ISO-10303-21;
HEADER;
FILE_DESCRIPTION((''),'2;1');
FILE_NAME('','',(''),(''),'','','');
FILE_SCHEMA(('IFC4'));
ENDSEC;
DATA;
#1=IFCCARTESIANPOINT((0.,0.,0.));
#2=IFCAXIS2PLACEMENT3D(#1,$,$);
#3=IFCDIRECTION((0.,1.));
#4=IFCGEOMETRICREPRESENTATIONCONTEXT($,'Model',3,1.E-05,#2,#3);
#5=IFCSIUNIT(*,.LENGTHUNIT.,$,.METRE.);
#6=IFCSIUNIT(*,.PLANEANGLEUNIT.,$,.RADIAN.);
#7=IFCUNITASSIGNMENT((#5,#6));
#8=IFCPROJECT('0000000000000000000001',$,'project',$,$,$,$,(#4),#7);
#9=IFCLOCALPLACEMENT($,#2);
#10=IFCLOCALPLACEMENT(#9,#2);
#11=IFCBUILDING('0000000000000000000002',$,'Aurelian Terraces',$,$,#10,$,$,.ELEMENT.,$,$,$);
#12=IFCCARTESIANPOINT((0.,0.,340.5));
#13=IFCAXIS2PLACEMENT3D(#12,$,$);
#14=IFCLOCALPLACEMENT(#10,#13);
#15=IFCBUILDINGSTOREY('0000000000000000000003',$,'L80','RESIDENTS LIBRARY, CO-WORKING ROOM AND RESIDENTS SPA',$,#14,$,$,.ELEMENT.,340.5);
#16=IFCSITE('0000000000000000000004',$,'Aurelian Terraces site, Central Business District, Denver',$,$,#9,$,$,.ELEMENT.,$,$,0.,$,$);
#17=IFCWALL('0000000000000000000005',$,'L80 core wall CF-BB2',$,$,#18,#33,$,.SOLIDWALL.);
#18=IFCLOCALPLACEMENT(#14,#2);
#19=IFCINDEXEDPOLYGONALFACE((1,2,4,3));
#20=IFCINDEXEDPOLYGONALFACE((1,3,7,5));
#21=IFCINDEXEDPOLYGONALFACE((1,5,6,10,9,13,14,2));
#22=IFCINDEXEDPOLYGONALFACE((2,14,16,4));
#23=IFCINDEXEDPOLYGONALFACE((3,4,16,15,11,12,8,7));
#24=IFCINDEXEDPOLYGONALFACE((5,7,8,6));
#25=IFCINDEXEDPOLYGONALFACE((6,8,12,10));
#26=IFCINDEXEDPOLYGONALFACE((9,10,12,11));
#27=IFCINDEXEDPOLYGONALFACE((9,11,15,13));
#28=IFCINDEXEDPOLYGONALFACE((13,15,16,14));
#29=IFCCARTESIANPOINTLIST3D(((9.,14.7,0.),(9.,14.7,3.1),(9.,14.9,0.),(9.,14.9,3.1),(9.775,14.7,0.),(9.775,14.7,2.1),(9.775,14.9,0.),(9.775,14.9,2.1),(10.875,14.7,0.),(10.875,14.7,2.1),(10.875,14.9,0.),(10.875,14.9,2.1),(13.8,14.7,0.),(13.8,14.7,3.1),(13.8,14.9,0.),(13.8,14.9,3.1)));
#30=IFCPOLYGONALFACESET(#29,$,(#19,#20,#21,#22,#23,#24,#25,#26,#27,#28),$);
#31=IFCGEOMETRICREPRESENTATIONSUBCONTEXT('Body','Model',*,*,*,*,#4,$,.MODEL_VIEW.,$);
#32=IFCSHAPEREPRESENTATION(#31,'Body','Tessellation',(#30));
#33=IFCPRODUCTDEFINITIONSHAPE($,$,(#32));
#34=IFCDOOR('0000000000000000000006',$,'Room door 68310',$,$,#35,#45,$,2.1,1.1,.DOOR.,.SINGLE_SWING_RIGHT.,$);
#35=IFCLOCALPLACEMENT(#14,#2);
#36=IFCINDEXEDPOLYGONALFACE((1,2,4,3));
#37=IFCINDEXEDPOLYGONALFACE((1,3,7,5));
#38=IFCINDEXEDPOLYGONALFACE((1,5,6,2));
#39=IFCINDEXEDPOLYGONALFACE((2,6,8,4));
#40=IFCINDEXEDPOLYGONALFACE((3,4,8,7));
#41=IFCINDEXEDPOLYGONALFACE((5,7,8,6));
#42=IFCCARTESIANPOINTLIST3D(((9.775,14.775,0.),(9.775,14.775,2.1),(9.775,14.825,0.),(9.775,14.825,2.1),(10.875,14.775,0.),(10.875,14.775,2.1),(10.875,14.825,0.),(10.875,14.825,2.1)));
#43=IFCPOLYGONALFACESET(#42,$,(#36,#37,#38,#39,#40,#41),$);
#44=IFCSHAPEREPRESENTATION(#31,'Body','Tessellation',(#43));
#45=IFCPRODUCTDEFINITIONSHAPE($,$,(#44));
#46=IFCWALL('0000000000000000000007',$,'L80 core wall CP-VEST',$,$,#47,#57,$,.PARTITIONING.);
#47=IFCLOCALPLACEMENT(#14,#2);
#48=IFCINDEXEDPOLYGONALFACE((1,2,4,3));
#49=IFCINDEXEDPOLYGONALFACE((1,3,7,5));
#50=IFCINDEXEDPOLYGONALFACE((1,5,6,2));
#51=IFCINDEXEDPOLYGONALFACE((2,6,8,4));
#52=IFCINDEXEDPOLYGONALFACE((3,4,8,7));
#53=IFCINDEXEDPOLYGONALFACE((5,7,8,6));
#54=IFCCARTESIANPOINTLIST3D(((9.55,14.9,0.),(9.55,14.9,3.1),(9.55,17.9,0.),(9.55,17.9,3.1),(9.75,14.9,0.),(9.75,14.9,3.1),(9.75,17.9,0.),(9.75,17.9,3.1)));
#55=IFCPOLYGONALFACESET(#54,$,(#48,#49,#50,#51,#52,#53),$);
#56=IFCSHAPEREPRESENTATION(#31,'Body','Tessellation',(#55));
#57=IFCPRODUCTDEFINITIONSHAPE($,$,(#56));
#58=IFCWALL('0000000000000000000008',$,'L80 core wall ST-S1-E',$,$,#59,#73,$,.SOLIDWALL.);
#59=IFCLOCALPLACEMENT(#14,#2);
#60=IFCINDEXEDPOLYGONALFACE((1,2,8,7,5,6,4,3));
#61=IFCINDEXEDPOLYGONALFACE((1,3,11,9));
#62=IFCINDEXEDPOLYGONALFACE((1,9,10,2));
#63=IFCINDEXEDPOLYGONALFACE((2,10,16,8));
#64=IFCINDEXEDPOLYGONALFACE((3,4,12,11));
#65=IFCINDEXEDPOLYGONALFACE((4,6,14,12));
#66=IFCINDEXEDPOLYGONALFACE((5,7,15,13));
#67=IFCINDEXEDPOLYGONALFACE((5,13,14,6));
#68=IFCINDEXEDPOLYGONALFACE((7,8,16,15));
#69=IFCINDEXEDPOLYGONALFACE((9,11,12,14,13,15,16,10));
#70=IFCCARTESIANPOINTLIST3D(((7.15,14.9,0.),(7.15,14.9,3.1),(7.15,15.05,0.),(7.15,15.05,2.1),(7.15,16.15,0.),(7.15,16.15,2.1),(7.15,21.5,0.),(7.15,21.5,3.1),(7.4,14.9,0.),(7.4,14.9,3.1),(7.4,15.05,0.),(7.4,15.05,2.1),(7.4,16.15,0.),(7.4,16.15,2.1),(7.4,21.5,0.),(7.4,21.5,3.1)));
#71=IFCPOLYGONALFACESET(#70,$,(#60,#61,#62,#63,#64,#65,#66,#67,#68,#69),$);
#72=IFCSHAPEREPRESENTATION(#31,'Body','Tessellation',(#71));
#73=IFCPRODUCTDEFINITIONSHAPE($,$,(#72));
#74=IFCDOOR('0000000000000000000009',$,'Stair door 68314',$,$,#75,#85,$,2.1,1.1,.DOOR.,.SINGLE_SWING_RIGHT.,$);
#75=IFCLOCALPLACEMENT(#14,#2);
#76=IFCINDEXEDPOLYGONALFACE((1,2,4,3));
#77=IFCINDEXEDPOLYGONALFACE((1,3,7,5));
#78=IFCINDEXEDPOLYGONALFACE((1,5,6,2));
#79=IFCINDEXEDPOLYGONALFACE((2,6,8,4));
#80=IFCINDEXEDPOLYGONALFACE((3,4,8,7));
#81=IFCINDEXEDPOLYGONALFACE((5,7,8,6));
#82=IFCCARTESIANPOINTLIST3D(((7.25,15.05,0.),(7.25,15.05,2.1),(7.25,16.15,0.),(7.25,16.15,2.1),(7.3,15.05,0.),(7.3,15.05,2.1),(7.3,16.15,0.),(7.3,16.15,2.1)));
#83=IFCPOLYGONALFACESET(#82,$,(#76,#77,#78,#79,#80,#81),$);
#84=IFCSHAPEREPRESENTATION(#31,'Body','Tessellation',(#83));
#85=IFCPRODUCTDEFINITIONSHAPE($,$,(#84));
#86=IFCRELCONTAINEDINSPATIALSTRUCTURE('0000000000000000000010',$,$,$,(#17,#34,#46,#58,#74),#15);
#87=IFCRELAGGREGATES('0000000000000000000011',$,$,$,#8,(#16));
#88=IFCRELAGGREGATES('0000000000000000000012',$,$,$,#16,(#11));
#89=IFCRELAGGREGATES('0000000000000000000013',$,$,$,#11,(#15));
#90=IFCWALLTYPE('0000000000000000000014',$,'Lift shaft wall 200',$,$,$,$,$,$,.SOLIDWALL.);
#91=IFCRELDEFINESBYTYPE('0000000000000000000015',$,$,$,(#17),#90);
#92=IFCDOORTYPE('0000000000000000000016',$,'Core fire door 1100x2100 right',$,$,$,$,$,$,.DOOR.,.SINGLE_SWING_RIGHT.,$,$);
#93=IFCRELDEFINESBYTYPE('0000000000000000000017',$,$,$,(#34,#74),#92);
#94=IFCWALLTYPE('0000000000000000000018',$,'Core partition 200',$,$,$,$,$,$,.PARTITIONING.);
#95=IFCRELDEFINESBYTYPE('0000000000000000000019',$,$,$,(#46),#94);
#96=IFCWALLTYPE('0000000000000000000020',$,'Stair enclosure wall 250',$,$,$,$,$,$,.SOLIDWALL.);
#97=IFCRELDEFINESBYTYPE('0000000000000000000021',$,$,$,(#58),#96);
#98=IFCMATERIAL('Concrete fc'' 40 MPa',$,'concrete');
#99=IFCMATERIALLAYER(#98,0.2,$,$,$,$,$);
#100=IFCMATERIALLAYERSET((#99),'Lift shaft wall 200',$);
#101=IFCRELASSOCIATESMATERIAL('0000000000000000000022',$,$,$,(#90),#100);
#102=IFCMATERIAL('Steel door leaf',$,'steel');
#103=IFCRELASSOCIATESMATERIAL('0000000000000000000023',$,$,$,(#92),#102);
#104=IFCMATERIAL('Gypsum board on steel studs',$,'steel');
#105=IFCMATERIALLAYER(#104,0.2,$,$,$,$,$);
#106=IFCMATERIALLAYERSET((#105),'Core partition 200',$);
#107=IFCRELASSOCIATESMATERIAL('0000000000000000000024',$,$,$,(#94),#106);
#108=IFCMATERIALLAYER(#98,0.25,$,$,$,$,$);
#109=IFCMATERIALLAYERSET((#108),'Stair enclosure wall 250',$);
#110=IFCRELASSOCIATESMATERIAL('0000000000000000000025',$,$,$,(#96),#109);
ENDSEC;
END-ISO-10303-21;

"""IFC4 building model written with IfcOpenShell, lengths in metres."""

from ifc_helpers import new_model, si_unit, direction, frame, frame_2d, origin, place, context, subcontext, project, spatial, rectangle, extrude, source, transform, mapped, material, layer, layer_set, type_object, element, fill, save


model = new_model("IFC4")

# Units and contexts
model_context = context("Model", 3, precision=1e-05, world=origin(), true_north=direction((0.0, 1.0)))
body_context = subcontext(model_context, "Body", "Model", "MODEL_VIEW")
ifc_project = project(units=[si_unit("LENGTHUNIT", "METRE"), si_unit("PLANEANGLEUNIT", "RADIAN")], contexts=[model_context])

# Site, building, storey
site_placement = place(None, origin())
site = spatial("IfcSite", under=ifc_project, at=site_placement, Name="Aurelian Terraces site, Central Business District, Denver", CompositionType="ELEMENT", RefElevation=0.0)
building_placement = place(site_placement, origin())
building = spatial("IfcBuilding", under=site, at=building_placement, Name="Aurelian Terraces", CompositionType="ELEMENT")
storey_placement = place(building_placement, frame((0.0, 0.0, 340.5)))
storey = spatial("IfcBuildingStorey", under=building, at=storey_placement, Name="L80", Description="RESIDENTS LIBRARY, CO-WORKING ROOM AND RESIDENTS SPA", CompositionType="ELEMENT", Elevation=340.5)

# Shared definitions
ifc_material_1 = material(Name="Concrete fc' 40 MPa", Category="concrete")
ifc_layer_1 = layer(ifc_material_1, 0.2)
ifc_layer_set_1 = layer_set([ifc_layer_1], Name="Lift shaft wall 200")
wall_type_1 = type_object("IfcWallType", Name="Lift shaft wall 200", PredefinedType="SOLIDWALL", material=ifc_layer_set_1)

# Wall, opening, door
shared_shape_1 = source(origin(), body_context, "Body", "SweptSolid", [
    extrude(rectangle(XDim=4.8, YDim=0.2, at=frame_2d((2.4, 0.0))), origin(), (0.0, 0.0, 1.0), 3.1),
])
wall_1_placement = place(storey_placement, frame((9.0, 14.8, 0.0), z_axis=(0.0, 0.0, 1.0), x_axis=(1.0, 0.0, 0.0)))
wall_1 = element("IfcWall", 1, at=wall_1_placement, inside=storey, type_object=wall_type_1, Name="L80 core wall CF-BB2", PredefinedType="SOLIDWALL", context=body_context, shape_type="MappedRepresentation", body=[
    mapped(shared_shape_1, transform((0.0, 0.0, 0.0), scale=1.0)),
])
shared_shape_2 = source(origin(), body_context, "Body", "SweptSolid", [
    extrude(rectangle(XDim=1.1, YDim=2.1, at=frame_2d((0.55, 1.05))), frame((0.0, 0.11, 0.0), z_axis=(0.0, -1.0, 0.0), x_axis=(1.0, 0.0, 0.0)), (0.0, 0.0, 1.0), 0.22),
])
opening_1_placement = place(wall_1_placement, frame((0.775, 0.0, 0.0)))
opening_1 = element("IfcOpeningElement", 2, at=opening_1_placement, cuts=wall_1, PredefinedType="OPENING", context=body_context, shape_type="MappedRepresentation", body=[
    mapped(shared_shape_2, transform((0.0, 0.0, 0.0), scale=1.0)),
])
ifc_material_2 = material(Name="Steel door leaf", Category="steel")
door_type_1 = type_object("IfcDoorType", Name="Core fire door 1100x2100 right", OperationType="SINGLE_SWING_RIGHT", PredefinedType="DOOR", material=ifc_material_2)
shared_shape_3 = source(origin(), body_context, "Body", "SweptSolid", [
    extrude(rectangle(XDim=1.1, YDim=2.1, at=frame_2d((0.55, 1.05))), frame((0.0, 0.025, 0.0), z_axis=(0.0, -1.0, 0.0), x_axis=(1.0, 0.0, 0.0)), (0.0, 0.0, 1.0), 0.05),
])
door_1_placement = place(opening_1_placement, origin())
door_1 = element("IfcDoor", 3, at=door_1_placement, inside=storey, type_object=door_type_1, Name="Room door 68310", OperationType="SINGLE_SWING_RIGHT", OverallHeight=2.1, OverallWidth=1.1, PredefinedType="DOOR", context=body_context, shape_type="MappedRepresentation", body=[
    mapped(shared_shape_3, transform((0.0, 0.0, 0.0), scale=1.0)),
])
fill(opening_1, door_1)

# Wall
ifc_material_3 = material(Name="Gypsum board on steel studs", Category="steel")
ifc_layer_2 = layer(ifc_material_3, 0.2)
ifc_layer_set_2 = layer_set([ifc_layer_2], Name="Core partition 200")
wall_type_2 = type_object("IfcWallType", Name="Core partition 200", PredefinedType="PARTITIONING", material=ifc_layer_set_2)
shared_shape_4 = source(origin(), body_context, "Body", "SweptSolid", [
    extrude(rectangle(XDim=3.0, YDim=0.2, at=frame_2d((1.5, 0.0))), origin(), (0.0, 0.0, 1.0), 3.1),
])
wall_2_placement = place(storey_placement, frame((9.65, 14.9, 0.0), z_axis=(0.0, 0.0, 1.0), x_axis=(0.0, 1.0, 0.0)))
element("IfcWall", 4, at=wall_2_placement, inside=storey, type_object=wall_type_2, Name="L80 core wall CP-VEST", PredefinedType="PARTITIONING", context=body_context, shape_type="MappedRepresentation", body=[
    mapped(shared_shape_4, transform((0.0, 0.0, 0.0), scale=1.0)),
])

# Wall, opening, door
ifc_layer_3 = layer(ifc_material_1, 0.25)
ifc_layer_set_3 = layer_set([ifc_layer_3], Name="Stair enclosure wall 250")
wall_type_3 = type_object("IfcWallType", Name="Stair enclosure wall 250", PredefinedType="SOLIDWALL", material=ifc_layer_set_3)
shared_shape_5 = source(origin(), body_context, "Body", "SweptSolid", [
    extrude(rectangle(XDim=6.6, YDim=0.25, at=frame_2d((3.3, 0.0))), origin(), (0.0, 0.0, 1.0), 3.1),
])
wall_3_placement = place(storey_placement, frame((7.275, 14.9, 0.0), z_axis=(0.0, 0.0, 1.0), x_axis=(0.0, 1.0, 0.0)))
wall_3 = element("IfcWall", 5, at=wall_3_placement, inside=storey, type_object=wall_type_3, Name="L80 core wall ST-S1-E", PredefinedType="SOLIDWALL", context=body_context, shape_type="MappedRepresentation", body=[
    mapped(shared_shape_5, transform((0.0, 0.0, 0.0), scale=1.0)),
])
shared_shape_6 = source(origin(), body_context, "Body", "SweptSolid", [
    extrude(rectangle(XDim=1.1, YDim=2.1, at=frame_2d((0.55, 1.05))), frame((0.0, 0.135, 0.0), z_axis=(0.0, -1.0, 0.0), x_axis=(1.0, 0.0, 0.0)), (0.0, 0.0, 1.0), 0.27),
])
opening_2_placement = place(wall_3_placement, frame((0.15, 0.0, 0.0)))
opening_2 = element("IfcOpeningElement", 6, at=opening_2_placement, cuts=wall_3, PredefinedType="OPENING", context=body_context, shape_type="MappedRepresentation", body=[
    mapped(shared_shape_6, transform((0.0, 0.0, 0.0), scale=1.0)),
])
door_2_placement = place(opening_2_placement, origin())
door_2 = element("IfcDoor", 7, at=door_2_placement, inside=storey, type_object=door_type_1, Name="Stair door 68314", OperationType="SINGLE_SWING_RIGHT", OverallHeight=2.1, OverallWidth=1.1, PredefinedType="DOOR", context=body_context, shape_type="MappedRepresentation", body=[
    mapped(shared_shape_3, transform((0.0, 0.0, 0.0), scale=1.0)),
])
fill(opening_2, door_2)

save(model, "model.ifc")
